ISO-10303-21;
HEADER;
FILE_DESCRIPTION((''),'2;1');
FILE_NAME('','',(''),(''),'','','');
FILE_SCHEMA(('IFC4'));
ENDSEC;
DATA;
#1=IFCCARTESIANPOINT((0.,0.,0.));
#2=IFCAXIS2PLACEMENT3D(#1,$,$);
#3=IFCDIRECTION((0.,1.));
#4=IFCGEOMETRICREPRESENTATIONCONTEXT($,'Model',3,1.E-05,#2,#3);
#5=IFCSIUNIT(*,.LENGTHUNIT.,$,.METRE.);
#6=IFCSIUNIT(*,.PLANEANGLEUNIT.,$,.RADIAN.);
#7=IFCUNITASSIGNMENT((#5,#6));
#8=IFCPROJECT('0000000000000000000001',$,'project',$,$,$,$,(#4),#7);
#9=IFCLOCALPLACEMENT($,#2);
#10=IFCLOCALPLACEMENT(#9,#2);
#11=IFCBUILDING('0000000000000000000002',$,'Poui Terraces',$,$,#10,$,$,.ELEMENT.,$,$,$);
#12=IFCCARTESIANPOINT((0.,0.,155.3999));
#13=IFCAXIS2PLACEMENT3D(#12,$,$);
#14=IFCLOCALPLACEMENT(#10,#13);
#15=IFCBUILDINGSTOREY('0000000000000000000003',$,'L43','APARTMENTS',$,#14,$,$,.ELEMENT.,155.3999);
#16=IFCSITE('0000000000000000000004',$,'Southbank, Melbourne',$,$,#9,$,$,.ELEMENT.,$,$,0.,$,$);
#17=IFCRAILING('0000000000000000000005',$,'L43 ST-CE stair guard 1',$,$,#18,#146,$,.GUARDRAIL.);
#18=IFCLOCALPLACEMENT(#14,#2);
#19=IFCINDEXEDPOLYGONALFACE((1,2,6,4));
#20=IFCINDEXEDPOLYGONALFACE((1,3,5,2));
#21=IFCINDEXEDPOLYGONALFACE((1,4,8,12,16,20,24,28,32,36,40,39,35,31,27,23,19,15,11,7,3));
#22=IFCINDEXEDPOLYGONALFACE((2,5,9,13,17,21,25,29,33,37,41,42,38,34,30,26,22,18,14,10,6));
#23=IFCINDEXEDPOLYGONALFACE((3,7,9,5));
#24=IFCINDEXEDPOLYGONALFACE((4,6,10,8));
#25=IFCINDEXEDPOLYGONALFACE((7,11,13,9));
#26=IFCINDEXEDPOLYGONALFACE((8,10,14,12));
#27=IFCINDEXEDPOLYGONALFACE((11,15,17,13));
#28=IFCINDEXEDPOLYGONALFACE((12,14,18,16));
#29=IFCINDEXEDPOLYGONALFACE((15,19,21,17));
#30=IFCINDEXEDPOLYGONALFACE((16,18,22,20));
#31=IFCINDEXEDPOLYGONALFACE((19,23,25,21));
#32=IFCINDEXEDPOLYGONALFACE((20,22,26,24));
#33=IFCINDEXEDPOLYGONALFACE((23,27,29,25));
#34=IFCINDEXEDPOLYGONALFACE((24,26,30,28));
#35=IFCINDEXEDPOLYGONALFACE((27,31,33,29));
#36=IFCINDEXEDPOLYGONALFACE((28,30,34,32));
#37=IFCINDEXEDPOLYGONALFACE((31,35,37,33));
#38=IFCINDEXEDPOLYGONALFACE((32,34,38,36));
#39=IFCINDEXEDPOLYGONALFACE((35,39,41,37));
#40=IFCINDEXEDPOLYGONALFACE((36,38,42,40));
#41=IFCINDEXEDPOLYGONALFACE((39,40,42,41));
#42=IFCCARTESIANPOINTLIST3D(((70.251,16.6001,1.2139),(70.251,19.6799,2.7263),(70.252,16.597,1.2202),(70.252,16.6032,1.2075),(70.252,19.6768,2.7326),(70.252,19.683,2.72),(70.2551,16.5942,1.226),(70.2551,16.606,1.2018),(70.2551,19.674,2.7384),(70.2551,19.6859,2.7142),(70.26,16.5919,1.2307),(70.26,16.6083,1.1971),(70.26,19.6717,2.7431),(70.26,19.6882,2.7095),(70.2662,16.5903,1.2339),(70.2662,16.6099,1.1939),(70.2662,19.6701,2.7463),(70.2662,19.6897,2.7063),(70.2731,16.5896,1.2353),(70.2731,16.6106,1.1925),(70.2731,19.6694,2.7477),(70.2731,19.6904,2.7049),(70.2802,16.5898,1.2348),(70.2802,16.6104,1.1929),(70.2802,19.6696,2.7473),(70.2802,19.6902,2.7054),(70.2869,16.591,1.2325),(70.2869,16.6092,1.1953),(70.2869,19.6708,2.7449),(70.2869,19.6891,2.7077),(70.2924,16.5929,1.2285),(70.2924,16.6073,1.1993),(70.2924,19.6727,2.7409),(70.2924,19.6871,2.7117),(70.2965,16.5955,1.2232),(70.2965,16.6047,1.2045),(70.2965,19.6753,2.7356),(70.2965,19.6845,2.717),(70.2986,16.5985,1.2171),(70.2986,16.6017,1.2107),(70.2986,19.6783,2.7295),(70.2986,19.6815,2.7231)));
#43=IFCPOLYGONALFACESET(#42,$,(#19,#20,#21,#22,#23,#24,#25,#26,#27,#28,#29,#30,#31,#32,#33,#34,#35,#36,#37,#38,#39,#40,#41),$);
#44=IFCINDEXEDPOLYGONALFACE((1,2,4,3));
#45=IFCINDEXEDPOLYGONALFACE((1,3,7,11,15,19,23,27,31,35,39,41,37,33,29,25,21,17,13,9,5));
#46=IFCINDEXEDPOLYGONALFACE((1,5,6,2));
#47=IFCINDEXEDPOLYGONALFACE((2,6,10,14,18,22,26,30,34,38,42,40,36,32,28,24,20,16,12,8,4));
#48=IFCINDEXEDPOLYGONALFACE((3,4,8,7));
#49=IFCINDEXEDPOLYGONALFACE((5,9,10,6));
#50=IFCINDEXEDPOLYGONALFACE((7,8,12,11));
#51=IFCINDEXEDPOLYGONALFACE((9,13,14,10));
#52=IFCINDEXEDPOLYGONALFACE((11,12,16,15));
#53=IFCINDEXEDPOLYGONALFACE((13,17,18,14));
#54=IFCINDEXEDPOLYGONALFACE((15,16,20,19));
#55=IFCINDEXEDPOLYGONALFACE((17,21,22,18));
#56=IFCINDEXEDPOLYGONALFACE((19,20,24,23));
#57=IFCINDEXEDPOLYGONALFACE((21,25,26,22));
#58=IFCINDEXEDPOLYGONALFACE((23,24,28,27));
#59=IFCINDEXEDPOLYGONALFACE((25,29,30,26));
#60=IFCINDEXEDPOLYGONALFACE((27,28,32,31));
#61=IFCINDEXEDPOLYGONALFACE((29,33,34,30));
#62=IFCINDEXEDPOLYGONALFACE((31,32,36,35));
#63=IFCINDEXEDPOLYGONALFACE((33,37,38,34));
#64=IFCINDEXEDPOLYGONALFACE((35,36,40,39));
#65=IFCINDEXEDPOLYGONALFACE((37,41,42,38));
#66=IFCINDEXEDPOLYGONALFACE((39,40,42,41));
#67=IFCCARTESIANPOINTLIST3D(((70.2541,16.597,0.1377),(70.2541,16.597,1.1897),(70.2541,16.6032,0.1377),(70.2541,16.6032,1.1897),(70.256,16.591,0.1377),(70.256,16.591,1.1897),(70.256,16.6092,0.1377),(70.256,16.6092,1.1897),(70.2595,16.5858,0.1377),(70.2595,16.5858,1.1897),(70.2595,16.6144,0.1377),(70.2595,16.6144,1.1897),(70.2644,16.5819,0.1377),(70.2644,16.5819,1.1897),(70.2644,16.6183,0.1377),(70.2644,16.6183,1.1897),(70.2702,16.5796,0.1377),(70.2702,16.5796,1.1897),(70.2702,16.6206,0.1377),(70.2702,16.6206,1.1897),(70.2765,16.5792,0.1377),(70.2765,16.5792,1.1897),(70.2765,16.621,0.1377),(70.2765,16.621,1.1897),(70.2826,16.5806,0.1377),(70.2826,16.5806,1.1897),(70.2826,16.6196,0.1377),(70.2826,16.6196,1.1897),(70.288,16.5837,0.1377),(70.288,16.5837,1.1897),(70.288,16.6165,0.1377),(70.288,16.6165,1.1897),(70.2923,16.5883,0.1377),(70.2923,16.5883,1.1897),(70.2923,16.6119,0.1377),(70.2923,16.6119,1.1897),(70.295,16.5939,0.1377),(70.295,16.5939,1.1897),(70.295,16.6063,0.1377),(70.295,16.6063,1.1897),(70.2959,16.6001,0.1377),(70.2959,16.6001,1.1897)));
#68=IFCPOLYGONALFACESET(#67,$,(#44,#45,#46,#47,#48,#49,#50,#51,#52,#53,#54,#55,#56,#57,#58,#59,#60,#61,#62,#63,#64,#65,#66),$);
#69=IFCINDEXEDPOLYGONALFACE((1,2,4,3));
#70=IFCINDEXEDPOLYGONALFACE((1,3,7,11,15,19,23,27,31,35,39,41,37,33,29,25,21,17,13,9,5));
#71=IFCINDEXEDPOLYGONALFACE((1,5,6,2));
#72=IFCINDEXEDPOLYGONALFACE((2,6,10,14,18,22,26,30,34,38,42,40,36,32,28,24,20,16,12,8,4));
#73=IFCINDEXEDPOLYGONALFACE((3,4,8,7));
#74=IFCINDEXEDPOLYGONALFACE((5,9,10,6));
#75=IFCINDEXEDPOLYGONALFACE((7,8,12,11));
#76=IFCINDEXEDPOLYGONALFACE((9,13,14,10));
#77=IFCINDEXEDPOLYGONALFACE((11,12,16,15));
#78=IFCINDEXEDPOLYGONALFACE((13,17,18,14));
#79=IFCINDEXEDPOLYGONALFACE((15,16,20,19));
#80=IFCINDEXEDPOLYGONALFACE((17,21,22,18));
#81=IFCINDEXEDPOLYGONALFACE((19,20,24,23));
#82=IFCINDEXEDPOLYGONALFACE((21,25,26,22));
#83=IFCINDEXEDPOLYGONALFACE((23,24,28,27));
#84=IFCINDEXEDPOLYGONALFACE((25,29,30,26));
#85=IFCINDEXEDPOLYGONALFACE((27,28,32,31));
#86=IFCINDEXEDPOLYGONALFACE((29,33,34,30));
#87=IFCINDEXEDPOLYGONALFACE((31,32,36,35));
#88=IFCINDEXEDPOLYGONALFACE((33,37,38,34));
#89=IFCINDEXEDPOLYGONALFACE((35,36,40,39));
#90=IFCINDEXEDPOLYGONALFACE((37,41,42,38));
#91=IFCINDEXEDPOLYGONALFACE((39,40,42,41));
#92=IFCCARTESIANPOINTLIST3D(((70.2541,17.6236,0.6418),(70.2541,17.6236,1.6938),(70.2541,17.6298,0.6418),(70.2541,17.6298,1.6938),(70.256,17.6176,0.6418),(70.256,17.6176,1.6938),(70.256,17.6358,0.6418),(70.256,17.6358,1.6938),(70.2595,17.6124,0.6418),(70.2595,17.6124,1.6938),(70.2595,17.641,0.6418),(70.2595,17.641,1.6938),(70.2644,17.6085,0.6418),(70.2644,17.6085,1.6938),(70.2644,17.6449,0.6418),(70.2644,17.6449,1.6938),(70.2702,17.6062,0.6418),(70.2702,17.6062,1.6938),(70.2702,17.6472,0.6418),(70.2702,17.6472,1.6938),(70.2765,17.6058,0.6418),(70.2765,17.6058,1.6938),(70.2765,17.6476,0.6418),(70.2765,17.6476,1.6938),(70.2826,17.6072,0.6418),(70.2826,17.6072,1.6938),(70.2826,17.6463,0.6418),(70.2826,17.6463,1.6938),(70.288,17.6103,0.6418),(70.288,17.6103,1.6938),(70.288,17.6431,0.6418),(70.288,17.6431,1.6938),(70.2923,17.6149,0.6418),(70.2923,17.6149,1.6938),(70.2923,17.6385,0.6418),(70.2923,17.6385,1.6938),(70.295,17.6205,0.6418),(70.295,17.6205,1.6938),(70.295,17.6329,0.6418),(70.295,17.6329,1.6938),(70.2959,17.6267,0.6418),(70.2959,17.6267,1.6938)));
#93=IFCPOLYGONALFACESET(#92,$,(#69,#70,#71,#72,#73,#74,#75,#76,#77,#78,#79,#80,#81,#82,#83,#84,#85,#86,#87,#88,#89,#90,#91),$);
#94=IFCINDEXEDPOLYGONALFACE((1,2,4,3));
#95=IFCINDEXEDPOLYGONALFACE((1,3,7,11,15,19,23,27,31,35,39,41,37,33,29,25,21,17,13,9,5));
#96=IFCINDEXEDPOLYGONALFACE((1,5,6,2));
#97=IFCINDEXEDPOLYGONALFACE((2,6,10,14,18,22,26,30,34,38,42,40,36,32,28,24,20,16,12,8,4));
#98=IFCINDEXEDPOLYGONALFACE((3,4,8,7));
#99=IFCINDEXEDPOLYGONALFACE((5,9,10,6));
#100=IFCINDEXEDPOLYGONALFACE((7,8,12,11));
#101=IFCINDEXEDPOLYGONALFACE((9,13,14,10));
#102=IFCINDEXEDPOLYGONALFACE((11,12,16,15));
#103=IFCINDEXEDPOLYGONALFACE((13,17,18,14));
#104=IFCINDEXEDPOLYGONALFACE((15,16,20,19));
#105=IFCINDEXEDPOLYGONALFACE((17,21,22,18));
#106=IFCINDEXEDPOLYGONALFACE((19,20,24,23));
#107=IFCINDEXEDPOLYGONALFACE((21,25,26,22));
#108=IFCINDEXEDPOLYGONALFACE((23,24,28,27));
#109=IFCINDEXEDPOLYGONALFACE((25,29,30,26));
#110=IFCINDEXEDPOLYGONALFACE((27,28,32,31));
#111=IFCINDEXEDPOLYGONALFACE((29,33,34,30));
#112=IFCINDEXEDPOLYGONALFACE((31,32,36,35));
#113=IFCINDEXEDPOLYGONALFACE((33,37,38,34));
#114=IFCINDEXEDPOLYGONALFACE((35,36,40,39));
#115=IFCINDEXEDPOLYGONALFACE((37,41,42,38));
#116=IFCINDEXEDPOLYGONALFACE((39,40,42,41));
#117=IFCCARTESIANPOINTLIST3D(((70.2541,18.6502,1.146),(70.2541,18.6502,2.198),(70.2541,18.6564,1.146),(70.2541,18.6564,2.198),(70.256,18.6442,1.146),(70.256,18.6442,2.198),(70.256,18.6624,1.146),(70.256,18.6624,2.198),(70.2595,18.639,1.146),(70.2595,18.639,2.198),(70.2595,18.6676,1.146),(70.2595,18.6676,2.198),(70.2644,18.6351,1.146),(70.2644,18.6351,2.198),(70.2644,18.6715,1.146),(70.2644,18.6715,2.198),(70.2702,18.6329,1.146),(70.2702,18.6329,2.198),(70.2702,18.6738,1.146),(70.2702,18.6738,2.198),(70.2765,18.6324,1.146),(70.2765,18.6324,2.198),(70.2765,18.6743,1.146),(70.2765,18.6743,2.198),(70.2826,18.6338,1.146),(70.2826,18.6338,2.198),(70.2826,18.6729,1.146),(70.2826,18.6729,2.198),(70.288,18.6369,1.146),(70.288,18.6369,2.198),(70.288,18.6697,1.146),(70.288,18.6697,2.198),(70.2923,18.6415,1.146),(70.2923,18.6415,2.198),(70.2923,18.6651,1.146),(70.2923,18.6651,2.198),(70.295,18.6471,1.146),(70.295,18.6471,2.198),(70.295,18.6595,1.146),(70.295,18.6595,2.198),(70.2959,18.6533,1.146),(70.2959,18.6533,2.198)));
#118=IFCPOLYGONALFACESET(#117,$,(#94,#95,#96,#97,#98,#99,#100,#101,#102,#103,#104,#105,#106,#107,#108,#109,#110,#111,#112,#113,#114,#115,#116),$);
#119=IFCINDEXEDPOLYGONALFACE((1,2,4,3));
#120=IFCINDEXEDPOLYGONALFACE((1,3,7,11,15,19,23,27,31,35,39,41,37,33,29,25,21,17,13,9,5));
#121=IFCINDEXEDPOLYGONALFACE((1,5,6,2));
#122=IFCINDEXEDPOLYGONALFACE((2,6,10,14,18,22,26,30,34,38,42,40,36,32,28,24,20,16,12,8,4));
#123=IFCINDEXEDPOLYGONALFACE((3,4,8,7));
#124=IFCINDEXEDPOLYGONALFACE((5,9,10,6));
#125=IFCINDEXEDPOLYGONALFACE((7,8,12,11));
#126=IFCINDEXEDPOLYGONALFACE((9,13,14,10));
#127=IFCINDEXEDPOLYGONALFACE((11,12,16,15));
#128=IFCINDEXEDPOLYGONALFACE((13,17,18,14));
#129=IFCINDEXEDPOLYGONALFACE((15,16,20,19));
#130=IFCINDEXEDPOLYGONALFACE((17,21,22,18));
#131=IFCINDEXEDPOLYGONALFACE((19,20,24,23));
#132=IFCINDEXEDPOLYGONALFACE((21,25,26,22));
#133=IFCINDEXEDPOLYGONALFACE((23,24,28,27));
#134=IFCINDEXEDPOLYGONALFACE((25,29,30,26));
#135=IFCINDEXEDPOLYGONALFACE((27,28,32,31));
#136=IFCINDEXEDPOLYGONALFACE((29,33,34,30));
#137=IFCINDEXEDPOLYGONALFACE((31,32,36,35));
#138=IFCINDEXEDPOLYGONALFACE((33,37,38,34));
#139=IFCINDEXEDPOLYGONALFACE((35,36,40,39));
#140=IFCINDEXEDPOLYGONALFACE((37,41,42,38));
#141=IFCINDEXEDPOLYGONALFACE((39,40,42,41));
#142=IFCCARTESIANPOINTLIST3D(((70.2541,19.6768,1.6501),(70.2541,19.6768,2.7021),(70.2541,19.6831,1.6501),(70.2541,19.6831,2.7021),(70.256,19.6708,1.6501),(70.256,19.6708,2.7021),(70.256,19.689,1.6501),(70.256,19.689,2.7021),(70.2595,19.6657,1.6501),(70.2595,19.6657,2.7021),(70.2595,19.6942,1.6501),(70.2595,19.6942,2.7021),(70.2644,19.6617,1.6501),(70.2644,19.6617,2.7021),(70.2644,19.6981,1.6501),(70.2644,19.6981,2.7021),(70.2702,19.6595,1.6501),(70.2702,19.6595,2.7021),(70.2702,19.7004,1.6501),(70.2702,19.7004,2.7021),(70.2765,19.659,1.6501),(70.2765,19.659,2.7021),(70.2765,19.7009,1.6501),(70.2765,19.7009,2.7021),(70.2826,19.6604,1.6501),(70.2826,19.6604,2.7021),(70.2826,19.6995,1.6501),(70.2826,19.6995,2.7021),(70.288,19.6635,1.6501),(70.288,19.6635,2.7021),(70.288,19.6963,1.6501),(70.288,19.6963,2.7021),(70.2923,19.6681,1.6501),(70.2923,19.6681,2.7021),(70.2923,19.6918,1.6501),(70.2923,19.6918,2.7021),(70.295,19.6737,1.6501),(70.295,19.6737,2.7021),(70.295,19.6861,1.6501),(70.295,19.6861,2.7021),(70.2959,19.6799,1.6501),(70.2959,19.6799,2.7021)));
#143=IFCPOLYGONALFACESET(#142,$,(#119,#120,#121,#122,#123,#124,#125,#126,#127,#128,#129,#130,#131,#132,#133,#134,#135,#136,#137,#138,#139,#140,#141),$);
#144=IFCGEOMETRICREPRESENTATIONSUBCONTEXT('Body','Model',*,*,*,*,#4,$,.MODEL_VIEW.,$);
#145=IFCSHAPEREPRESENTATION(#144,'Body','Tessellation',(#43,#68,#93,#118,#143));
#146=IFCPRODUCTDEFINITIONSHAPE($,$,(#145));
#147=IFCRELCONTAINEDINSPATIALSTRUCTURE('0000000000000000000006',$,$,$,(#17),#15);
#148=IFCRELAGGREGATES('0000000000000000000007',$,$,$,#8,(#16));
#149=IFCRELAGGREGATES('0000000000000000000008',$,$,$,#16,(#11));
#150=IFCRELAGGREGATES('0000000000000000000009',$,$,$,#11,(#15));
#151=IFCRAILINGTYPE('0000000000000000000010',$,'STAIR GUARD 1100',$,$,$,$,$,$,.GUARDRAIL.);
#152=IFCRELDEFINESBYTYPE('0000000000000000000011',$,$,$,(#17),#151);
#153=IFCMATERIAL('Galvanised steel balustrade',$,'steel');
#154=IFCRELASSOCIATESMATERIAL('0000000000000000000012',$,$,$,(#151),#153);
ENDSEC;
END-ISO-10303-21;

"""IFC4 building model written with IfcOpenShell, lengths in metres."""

from ifc_helpers import new_model, si_unit, direction, frame, origin, origin_2d, place, context, subcontext, project, spatial, circle, extrude, material, type_object, element, save


model = new_model("IFC4")

# Units and contexts
model_context = context("Model", 3, precision=1e-05, world=origin(), true_north=direction((0.0, 1.0)))
body_context = subcontext(model_context, "Body", "Model", "MODEL_VIEW")
ifc_project = project(units=[si_unit("LENGTHUNIT", "METRE"), si_unit("PLANEANGLEUNIT", "RADIAN")], contexts=[model_context])

# Site, building, storey
site_placement = place(None, origin())
site = spatial("IfcSite", under=ifc_project, at=site_placement, Name="Southbank, Melbourne", CompositionType="ELEMENT", RefElevation=0.0)
building_placement = place(site_placement, origin())
building = spatial("IfcBuilding", under=site, at=building_placement, Name="Poui Terraces", CompositionType="ELEMENT")
storey_placement = place(building_placement, frame((0.0, 0.0, 155.3999)))
storey = spatial("IfcBuildingStorey", under=building, at=storey_placement, Name="L43", Description="APARTMENTS", CompositionType="ELEMENT", Elevation=155.3999)

# Railing
ifc_material_1 = material(Name="Galvanised steel balustrade", Category="steel")
railing_type_1 = type_object("IfcRailingType", Name="STAIR GUARD 1100", PredefinedType="GUARDRAIL", material=ifc_material_1)
railing_1_placement = place(storey_placement, frame((70.2749, 16.6001, 0.1377)))
element("IfcRailing", 1, at=railing_1_placement, inside=storey, type_object=railing_type_1, Name="L43 ST-CE stair guard 1", PredefinedType="GUARDRAIL", context=body_context, shape_type="SweptSolid", body=[
    extrude(circle(Radius=0.0239, at=origin_2d()), frame((0.0, 0.0, 1.0762), z_axis=(0.0, 0.897606, 0.440798), x_axis=(-1.0, 0.0, 0.0)), (0.0, 0.0, 1.0), 3.4312),
    extrude(circle(Radius=0.021, at=origin_2d()), origin(), (0.0, 0.0, 1.0), 1.052),
    extrude(circle(Radius=0.021, at=origin_2d()), frame((0.0, 1.0266, 0.5042)), (0.0, 0.0, 1.0), 1.052),
    extrude(circle(Radius=0.021, at=origin_2d()), frame((0.0, 2.0532, 1.0083)), (0.0, 0.0, 1.0), 1.052),
    extrude(circle(Radius=0.021, at=origin_2d()), frame((0.0, 3.0798, 1.5125)), (0.0, 0.0, 1.0), 1.052),
])

save(model, "model.ifc")
